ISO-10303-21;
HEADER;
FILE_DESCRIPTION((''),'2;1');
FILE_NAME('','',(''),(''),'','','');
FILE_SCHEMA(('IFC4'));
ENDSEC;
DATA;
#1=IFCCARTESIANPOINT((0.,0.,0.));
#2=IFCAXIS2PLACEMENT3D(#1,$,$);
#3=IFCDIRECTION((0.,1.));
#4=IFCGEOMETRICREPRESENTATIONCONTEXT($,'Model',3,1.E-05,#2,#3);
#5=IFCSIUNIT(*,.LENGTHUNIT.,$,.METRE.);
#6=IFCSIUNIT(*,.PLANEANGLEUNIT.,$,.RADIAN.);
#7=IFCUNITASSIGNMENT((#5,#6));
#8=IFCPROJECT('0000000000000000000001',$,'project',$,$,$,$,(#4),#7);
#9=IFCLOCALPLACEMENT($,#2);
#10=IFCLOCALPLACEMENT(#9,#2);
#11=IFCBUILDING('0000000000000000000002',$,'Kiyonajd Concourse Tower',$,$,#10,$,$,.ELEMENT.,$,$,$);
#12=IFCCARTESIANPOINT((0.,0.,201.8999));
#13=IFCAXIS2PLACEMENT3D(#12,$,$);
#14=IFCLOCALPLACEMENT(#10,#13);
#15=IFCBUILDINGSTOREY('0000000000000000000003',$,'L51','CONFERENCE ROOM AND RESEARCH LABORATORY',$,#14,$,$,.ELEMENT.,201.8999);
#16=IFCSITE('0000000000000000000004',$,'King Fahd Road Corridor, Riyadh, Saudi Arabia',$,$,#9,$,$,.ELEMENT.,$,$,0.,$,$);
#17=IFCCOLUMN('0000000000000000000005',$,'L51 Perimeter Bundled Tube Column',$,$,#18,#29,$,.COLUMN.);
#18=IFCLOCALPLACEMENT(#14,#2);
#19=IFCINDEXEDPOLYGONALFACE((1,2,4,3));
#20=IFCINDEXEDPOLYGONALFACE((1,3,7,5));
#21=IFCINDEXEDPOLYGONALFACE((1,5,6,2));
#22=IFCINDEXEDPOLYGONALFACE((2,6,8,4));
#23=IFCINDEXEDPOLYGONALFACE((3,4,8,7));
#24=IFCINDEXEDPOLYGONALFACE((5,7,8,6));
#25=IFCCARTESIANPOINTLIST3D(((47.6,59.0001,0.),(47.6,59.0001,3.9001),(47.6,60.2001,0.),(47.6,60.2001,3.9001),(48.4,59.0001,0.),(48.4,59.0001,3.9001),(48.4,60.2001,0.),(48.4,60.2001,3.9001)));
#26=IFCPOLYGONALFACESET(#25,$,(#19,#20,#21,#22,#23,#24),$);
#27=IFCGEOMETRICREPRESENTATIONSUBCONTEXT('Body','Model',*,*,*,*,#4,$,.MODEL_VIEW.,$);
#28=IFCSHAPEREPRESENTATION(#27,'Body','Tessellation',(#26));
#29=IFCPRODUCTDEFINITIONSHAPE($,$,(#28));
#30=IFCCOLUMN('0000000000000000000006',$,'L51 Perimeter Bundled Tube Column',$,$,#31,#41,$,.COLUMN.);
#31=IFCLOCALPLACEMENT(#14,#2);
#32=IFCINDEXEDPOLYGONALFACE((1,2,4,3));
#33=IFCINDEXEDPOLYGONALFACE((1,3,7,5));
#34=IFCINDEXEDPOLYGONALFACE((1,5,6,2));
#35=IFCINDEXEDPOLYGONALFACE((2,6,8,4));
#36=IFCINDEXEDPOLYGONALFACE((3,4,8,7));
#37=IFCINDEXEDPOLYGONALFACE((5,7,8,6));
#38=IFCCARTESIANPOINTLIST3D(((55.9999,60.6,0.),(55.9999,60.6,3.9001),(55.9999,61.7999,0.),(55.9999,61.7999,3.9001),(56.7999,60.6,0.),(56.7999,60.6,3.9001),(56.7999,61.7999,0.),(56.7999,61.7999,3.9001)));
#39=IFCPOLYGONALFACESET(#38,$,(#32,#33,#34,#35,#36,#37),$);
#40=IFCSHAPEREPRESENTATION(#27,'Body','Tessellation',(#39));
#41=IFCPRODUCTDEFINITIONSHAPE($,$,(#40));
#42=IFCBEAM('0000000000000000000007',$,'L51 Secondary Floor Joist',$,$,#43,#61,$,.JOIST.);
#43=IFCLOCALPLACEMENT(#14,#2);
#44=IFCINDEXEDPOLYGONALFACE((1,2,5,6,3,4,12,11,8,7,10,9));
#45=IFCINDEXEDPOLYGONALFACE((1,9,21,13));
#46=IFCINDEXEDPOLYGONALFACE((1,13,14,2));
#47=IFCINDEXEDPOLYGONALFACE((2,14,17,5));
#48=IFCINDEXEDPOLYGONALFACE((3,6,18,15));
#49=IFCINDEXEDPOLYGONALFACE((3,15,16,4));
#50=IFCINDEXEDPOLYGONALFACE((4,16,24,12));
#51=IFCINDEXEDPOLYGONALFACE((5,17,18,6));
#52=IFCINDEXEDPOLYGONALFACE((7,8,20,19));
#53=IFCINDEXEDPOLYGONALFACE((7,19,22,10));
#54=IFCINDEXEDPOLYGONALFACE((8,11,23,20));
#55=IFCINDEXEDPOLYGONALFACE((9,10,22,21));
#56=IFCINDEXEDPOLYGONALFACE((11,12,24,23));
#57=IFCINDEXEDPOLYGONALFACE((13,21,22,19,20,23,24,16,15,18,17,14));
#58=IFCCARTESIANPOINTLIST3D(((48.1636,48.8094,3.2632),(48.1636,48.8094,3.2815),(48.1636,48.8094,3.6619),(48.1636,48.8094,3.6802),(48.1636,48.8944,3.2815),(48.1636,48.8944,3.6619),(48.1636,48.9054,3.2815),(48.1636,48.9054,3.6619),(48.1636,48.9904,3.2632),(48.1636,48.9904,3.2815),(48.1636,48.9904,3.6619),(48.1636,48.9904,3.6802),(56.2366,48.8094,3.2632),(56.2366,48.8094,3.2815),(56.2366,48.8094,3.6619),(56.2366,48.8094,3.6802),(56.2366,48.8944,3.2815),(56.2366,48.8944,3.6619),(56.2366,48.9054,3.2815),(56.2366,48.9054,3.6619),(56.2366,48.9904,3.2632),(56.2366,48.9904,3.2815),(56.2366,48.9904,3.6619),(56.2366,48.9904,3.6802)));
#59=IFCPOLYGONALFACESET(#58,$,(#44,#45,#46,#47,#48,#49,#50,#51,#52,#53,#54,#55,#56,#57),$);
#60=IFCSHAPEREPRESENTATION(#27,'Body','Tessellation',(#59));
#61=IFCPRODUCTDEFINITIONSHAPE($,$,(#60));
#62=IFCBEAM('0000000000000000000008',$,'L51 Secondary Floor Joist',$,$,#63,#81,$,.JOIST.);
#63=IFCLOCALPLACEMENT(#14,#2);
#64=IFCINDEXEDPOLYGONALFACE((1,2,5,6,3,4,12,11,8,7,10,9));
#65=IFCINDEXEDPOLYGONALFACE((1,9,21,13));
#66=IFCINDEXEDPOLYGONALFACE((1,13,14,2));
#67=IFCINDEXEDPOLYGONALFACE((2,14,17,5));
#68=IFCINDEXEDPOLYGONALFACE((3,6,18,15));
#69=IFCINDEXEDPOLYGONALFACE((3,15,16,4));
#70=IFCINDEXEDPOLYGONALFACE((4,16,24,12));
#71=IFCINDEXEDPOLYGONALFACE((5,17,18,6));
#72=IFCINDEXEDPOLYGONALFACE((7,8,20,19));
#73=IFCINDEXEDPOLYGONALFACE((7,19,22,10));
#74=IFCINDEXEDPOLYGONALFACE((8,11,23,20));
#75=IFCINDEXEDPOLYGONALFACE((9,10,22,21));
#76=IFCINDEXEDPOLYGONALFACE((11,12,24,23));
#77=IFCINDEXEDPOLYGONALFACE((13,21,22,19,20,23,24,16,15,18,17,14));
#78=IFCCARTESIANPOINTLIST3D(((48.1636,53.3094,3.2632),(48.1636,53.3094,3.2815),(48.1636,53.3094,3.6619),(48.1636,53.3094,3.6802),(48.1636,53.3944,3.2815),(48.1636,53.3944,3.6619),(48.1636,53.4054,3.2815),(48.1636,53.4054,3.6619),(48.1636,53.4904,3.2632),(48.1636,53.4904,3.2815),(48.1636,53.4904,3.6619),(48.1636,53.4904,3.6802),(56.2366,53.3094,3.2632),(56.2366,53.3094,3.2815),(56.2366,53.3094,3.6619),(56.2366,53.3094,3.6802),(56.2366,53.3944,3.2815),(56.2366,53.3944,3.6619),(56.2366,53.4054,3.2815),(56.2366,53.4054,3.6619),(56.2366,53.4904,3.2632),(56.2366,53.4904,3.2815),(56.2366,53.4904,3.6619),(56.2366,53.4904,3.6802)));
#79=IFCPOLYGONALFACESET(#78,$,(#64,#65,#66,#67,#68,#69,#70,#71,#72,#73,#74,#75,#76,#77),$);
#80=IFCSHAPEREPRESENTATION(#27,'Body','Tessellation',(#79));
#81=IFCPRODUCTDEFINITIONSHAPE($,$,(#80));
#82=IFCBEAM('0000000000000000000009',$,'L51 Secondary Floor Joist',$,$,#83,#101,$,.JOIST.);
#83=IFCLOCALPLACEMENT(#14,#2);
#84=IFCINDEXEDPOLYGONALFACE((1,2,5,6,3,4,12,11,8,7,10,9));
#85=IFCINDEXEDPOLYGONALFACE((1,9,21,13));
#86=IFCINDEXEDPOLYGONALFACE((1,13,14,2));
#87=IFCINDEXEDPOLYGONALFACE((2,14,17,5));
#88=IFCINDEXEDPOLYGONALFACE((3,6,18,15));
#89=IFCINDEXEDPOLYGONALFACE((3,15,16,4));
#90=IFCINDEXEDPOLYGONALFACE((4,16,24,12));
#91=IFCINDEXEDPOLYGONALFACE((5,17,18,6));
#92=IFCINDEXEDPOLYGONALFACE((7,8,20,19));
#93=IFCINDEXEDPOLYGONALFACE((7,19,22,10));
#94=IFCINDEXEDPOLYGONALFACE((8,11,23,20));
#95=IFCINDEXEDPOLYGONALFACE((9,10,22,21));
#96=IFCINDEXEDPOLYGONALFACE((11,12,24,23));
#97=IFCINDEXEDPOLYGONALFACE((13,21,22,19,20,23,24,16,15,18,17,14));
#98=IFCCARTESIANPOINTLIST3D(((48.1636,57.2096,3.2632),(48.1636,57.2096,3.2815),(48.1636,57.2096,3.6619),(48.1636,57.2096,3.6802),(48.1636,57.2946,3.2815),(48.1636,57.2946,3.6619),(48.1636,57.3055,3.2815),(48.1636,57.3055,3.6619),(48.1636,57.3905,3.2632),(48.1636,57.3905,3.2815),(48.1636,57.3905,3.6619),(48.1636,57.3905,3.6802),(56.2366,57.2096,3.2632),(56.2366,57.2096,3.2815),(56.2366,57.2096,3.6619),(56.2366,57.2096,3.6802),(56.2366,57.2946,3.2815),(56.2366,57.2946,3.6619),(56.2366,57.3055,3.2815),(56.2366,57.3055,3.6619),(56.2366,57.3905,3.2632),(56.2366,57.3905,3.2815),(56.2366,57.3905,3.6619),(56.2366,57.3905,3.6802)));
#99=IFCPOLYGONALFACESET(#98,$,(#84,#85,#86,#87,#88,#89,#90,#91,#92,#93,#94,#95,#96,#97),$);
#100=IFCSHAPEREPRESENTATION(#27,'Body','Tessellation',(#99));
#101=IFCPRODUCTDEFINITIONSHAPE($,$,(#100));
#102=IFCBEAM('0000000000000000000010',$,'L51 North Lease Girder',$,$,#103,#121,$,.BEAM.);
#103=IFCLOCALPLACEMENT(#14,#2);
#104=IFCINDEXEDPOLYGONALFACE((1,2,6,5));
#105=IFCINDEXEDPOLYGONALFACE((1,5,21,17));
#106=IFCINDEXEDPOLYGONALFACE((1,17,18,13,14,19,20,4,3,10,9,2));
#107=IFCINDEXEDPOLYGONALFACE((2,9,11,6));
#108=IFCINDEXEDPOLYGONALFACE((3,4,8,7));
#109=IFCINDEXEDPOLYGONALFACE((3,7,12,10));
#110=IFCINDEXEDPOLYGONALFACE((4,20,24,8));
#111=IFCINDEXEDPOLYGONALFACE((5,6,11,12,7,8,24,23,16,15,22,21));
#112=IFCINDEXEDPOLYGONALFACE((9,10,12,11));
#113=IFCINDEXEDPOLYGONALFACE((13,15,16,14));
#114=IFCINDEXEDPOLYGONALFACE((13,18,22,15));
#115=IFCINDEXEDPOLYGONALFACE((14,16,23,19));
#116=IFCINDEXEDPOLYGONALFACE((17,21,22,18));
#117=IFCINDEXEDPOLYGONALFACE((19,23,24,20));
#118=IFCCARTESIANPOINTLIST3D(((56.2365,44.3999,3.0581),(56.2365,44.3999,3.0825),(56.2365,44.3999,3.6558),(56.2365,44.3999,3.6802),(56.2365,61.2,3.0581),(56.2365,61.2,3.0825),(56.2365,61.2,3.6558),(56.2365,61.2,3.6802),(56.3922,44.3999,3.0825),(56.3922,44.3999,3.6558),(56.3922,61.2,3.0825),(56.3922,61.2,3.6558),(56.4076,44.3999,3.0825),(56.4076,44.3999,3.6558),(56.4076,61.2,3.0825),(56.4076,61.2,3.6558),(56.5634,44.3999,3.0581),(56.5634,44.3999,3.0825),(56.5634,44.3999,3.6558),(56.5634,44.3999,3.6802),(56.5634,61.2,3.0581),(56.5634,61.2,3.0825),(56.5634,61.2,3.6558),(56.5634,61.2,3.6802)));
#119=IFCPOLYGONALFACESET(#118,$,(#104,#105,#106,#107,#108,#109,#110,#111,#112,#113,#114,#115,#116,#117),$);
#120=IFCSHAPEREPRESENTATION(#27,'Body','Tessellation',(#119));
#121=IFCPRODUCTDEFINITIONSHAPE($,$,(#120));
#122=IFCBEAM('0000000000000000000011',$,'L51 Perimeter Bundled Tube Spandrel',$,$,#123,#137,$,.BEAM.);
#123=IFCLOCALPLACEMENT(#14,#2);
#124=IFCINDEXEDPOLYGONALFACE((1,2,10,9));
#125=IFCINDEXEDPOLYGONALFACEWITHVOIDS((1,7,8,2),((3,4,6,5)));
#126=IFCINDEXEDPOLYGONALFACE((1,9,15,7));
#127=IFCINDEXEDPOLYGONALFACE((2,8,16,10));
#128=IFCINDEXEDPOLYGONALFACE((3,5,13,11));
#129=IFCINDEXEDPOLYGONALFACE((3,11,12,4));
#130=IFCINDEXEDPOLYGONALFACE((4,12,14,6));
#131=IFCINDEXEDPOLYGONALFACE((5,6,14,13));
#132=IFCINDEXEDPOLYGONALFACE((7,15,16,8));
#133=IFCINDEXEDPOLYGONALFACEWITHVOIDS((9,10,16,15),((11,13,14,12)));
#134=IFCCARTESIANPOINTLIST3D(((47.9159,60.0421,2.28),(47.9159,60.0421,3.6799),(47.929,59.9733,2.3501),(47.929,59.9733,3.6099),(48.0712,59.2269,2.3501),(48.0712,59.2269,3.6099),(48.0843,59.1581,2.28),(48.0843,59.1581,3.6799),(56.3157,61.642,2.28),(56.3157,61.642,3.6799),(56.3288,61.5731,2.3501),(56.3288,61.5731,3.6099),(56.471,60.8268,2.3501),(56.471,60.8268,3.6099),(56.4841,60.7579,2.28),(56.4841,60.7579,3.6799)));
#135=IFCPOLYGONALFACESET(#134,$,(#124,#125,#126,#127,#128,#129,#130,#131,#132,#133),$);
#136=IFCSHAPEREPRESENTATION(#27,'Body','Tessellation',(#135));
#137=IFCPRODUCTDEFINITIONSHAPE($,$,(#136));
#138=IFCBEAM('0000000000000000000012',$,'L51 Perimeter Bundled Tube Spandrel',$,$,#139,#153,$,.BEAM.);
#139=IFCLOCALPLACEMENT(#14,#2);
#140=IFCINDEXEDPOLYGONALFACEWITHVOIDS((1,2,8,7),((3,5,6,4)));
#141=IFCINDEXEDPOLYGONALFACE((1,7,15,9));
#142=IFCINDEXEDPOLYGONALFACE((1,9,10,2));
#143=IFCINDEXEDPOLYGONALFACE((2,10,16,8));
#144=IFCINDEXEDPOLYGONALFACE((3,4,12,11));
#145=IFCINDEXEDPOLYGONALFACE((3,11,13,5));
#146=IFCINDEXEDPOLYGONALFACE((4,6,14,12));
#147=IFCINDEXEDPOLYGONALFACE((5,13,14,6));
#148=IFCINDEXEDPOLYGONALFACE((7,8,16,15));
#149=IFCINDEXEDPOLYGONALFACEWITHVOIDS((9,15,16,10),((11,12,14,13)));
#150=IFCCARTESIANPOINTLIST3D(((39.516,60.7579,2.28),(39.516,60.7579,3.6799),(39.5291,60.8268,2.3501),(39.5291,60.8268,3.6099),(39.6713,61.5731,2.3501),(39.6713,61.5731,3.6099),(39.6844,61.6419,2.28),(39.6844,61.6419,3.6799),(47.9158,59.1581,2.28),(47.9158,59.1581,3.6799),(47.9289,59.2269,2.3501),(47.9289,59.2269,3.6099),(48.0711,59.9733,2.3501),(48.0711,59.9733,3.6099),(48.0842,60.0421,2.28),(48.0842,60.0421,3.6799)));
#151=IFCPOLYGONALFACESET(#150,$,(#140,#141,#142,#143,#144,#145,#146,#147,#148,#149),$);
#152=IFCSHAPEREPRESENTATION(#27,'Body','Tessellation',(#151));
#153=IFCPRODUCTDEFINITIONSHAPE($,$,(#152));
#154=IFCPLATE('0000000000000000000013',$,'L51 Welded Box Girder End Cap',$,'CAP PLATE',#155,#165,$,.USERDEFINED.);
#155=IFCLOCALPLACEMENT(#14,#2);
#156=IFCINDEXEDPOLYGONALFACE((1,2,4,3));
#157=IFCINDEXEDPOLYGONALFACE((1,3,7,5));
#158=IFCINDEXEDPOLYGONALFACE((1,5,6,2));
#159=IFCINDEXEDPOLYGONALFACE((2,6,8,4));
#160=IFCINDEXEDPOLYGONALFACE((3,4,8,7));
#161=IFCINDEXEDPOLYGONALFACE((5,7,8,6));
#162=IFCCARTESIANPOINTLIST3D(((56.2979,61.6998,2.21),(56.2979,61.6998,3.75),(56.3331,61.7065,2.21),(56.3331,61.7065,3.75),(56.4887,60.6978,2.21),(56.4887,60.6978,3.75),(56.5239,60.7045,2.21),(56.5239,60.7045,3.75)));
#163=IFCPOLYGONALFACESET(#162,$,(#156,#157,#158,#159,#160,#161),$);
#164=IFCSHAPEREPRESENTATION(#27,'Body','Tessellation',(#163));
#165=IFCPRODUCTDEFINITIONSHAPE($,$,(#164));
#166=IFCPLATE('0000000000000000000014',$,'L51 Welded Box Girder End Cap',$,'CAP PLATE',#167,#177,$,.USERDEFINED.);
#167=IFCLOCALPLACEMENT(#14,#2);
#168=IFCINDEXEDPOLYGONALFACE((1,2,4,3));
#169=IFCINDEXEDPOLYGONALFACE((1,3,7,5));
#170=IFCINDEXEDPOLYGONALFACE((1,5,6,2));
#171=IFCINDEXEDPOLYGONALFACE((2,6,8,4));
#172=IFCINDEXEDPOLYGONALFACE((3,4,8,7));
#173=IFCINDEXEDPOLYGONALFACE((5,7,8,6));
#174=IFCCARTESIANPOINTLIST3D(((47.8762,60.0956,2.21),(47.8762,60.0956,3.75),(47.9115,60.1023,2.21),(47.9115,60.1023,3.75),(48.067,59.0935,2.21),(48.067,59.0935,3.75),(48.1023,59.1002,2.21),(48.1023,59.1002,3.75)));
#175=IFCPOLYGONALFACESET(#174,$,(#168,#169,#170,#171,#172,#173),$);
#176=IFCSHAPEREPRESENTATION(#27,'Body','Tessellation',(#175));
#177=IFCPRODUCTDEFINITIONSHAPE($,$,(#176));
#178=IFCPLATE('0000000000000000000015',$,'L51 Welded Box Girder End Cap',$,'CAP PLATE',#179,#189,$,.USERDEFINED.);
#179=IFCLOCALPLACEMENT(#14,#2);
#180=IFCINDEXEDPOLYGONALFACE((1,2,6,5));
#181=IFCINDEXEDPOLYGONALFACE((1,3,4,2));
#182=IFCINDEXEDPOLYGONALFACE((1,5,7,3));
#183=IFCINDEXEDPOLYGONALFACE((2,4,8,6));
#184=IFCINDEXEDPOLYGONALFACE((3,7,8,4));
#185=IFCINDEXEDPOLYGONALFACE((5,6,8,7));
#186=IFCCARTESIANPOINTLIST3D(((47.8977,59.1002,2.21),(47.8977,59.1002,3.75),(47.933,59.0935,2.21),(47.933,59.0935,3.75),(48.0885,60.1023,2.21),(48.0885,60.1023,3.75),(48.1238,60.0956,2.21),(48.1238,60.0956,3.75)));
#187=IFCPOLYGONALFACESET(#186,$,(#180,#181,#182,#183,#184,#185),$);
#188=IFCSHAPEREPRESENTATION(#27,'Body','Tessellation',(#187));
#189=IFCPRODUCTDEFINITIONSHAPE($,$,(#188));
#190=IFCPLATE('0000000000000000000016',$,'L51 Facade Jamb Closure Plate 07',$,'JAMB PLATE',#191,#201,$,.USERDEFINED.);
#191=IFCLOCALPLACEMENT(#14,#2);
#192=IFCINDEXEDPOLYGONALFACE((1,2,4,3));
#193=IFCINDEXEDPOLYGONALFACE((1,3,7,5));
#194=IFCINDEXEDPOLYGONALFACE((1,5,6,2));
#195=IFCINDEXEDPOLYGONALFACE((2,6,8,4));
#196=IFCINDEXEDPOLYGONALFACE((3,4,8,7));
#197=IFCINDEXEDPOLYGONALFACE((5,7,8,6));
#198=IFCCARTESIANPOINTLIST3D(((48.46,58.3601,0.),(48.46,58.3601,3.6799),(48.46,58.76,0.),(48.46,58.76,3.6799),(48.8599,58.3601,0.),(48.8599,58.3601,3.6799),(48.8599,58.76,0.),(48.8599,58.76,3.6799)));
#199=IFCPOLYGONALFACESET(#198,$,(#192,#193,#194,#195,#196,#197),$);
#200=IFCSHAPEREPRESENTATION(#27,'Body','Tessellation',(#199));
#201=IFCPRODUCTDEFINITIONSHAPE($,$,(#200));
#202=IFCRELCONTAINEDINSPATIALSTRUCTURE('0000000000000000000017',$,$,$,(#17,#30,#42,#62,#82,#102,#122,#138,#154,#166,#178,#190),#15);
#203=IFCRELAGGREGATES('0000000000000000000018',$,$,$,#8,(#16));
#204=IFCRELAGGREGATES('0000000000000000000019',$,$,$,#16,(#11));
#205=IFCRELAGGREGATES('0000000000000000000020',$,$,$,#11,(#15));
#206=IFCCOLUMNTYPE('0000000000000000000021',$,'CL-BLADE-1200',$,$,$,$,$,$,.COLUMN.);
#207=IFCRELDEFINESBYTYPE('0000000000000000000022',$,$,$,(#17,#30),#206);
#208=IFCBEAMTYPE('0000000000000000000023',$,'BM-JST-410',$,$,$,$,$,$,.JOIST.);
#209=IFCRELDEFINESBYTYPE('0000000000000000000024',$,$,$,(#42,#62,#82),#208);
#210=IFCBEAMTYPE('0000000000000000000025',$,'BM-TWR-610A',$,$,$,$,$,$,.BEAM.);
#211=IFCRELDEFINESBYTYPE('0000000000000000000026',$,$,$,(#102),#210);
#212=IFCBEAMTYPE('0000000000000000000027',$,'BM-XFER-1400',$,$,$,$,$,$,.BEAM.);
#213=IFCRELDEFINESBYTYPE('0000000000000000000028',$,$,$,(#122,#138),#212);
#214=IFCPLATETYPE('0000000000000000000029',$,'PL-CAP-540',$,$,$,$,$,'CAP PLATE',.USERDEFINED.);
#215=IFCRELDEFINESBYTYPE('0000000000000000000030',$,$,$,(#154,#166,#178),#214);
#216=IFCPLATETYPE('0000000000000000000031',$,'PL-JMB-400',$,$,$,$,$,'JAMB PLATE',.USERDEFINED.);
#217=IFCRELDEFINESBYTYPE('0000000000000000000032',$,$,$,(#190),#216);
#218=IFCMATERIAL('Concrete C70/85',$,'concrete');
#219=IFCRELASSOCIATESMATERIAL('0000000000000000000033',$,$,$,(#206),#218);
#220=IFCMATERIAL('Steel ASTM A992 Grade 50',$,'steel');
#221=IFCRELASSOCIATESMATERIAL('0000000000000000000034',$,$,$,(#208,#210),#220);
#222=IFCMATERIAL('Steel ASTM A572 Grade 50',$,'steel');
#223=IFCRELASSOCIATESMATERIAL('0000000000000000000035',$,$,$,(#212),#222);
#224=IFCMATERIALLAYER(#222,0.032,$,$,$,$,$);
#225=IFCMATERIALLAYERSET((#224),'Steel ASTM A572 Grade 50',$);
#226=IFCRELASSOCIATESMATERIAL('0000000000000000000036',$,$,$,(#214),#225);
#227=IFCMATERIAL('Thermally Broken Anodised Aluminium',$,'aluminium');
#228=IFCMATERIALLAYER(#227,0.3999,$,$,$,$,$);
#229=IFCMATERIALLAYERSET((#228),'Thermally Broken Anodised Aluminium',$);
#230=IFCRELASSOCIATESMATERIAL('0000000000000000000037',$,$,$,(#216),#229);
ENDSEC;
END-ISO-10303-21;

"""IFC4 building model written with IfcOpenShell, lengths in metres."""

from ifc_helpers import new_model, si_unit, direction, frame, origin, origin_2d, place, context, subcontext, project, spatial, rectangle, hollow_rectangle, i_section, extrude, material, layer, layer_set, material_profile, profile_set, type_object, element, save


model = new_model("IFC4")

# Units and contexts
model_context = context("Model", 3, precision=1e-05, world=origin(), true_north=direction((0.0, 1.0)))
body_context = subcontext(model_context, "Body", "Model", "MODEL_VIEW")
ifc_project = project(units=[si_unit("LENGTHUNIT", "METRE"), si_unit("PLANEANGLEUNIT", "RADIAN")], contexts=[model_context])

# Site, building, storey
site_placement = place(None, origin())
site = spatial("IfcSite", under=ifc_project, at=site_placement, Name="King Fahd Road Corridor, Riyadh, Saudi Arabia", CompositionType="ELEMENT", RefElevation=0.0)
building_placement = place(site_placement, origin())
building = spatial("IfcBuilding", under=site, at=building_placement, Name="Kiyonajd Concourse Tower", CompositionType="ELEMENT")
storey_placement = place(building_placement, frame((0.0, 0.0, 201.8999)))
storey = spatial("IfcBuildingStorey", under=building, at=storey_placement, Name="L51", Description="CONFERENCE ROOM AND RESEARCH LABORATORY", CompositionType="ELEMENT", Elevation=201.8999)

# Columns
ifc_material_1 = material(Name="Concrete C70/85", Category="concrete")
ifc_material_profile_1 = material_profile(ifc_material_1, rectangle(XDim=0.8, YDim=1.2, at=origin_2d()), Name="RC-1200x800")
ifc_profile_set_1 = profile_set([ifc_material_profile_1], Name="Concrete C70/85")
column_type = type_object("IfcColumnType", Name="CL-BLADE-1200", PredefinedType="COLUMN", material=ifc_profile_set_1)
for number, where, z_axis, x_axis, name in (
    (1, (48.0, 59.6001, 0.0), (0.0, 0.0, 1.0), (1.0, 0.0, 0.0), "L51 Perimeter Bundled Tube Column"),
    (2, (56.3999, 61.2, 0.0), (0.0, 0.0, 1.0), (1.0, 0.0, 0.0), "L51 Perimeter Bundled Tube Column"),
):
    element("IfcColumn", number, at=place(storey_placement, frame(where, z_axis=z_axis, x_axis=x_axis)), inside=storey, type_object=column_type, Name=name, PredefinedType="COLUMN", context=body_context, shape_type="SweptSolid", body=[
        extrude(rectangle(XDim=0.8, YDim=1.2, at=origin_2d()), origin(), (0.0, 0.0, 1.0), 3.9001),
    ])

# Beams
ifc_material_2 = material(Name="Steel ASTM A992 Grade 50", Category="steel")
ifc_material_profile_2 = material_profile(ifc_material_2, i_section(OverallWidth=0.1809, OverallDepth=0.417, WebThickness=0.011, FlangeThickness=0.0183, at=origin_2d()), Name="W410X85")
ifc_profile_set_2 = profile_set([ifc_material_profile_2], Name="Steel ASTM A992 Grade 50")
beam_type_1 = type_object("IfcBeamType", Name="BM-JST-410", PredefinedType="JOIST", material=ifc_profile_set_2)
for number, where, z_axis, x_axis, name in (
    (3, (48.1636, 48.8999, 3.4717), (1.0, 0.0, 0.0), (0.0, 1.0, 0.0), "L51 Secondary Floor Joist"),
    (4, (48.1636, 53.3999, 3.4717), (1.0, 0.0, 0.0), (0.0, 1.0, 0.0), "L51 Secondary Floor Joist"),
    (5, (48.1636, 57.3, 3.4717), (1.0, 0.0, 0.0), (0.0, 1.0, 0.0), "L51 Secondary Floor Joist"),
):
    element("IfcBeam", number, at=place(storey_placement, frame(where, z_axis=z_axis, x_axis=x_axis)), inside=storey, type_object=beam_type_1, Name=name, PredefinedType="JOIST", context=body_context, shape_type="SweptSolid", body=[
        extrude(i_section(OverallWidth=0.1809, OverallDepth=0.417, WebThickness=0.011, FlangeThickness=0.0183, at=origin_2d()), origin(), (0.0, 0.0, 1.0), 8.073),
    ])
ifc_material_profile_3 = material_profile(ifc_material_2, i_section(OverallWidth=0.3269, OverallDepth=0.6221, WebThickness=0.0154, FlangeThickness=0.0244, at=origin_2d()), Name="W610X195")
ifc_profile_set_3 = profile_set([ifc_material_profile_3], Name="Steel ASTM A992 Grade 50")
beam_type_2 = type_object("IfcBeamType", Name="BM-TWR-610A", PredefinedType="BEAM", material=ifc_profile_set_3)
beam_placement = place(storey_placement, frame((56.3999, 44.3999, 3.3691), z_axis=(0.0, 1.0, 0.0), x_axis=(-1.0, 0.0, 0.0)))
element("IfcBeam", 6, at=beam_placement, inside=storey, type_object=beam_type_2, Name="L51 North Lease Girder", PredefinedType="BEAM", context=body_context, shape_type="SweptSolid", body=[
    extrude(i_section(OverallWidth=0.3269, OverallDepth=0.6221, WebThickness=0.0154, FlangeThickness=0.0244, at=origin_2d()), origin(), (0.0, 0.0, 1.0), 16.8),
])
ifc_material_3 = material(Name="Steel ASTM A572 Grade 50", Category="steel")
ifc_material_profile_4 = material_profile(ifc_material_3, hollow_rectangle(XDim=0.8999, YDim=1.3999, WallThickness=0.0701, at=origin_2d()), Name="BOX-1400x900x70")
ifc_profile_set_4 = profile_set([ifc_material_profile_4], Name="Steel ASTM A572 Grade 50")
beam_type_3 = type_object("IfcBeamType", Name="BM-XFER-1400", PredefinedType="BEAM", material=ifc_profile_set_4)
for number, where, z_axis, x_axis, name in (
    (7, (56.3999, 61.2, 2.98), (-0.982341, -0.187098, 0.0), (0.187098, -0.982341, 0.0), "L51 Perimeter Bundled Tube Spandrel"),
    (8, (48.0, 59.6001, 2.98), (-0.982341, 0.187098, 0.0), (-0.187098, -0.982341, 0.0), "L51 Perimeter Bundled Tube Spandrel"),
):
    element("IfcBeam", number, at=place(storey_placement, frame(where, z_axis=z_axis, x_axis=x_axis)), inside=storey, type_object=beam_type_3, Name=name, PredefinedType="BEAM", context=body_context, shape_type="SweptSolid", body=[
        extrude(hollow_rectangle(XDim=0.8999, YDim=1.3999, WallThickness=0.0701, at=origin_2d()), origin(), (0.0, 0.0, 1.0), 8.5508),
    ])

# Plates
ifc_layer_1 = layer(ifc_material_3, 0.032)
ifc_layer_set_1 = layer_set([ifc_layer_1], Name="Steel ASTM A572 Grade 50")
plate_type_1 = type_object("IfcPlateType", Name="PL-CAP-540", ElementType="CAP PLATE", PredefinedType="USERDEFINED", material=ifc_layer_set_1)
for number, where, z_axis, x_axis, name in (
    (9, (56.4109, 61.2021, 2.21), (0.0, 0.0, 1.0), (0.982353, 0.187038, 0.0), "L51 Welded Box Girder End Cap"),
    (10, (47.9893, 59.5979, 2.21), (0.0, 0.0, 1.0), (-0.982353, -0.187038, 0.0), "L51 Welded Box Girder End Cap"),
    (11, (48.0107, 59.5979, 2.21), (0.0, 0.0, 1.0), (0.982353, -0.187038, 0.0), "L51 Welded Box Girder End Cap"),
):
    element("IfcPlate", number, at=place(storey_placement, frame(where, z_axis=z_axis, x_axis=x_axis)), inside=storey, type_object=plate_type_1, Name=name, ObjectType="CAP PLATE", PredefinedType="USERDEFINED", context=body_context, shape_type="SweptSolid", body=[
        extrude(rectangle(XDim=0.0359, YDim=1.02, at=origin_2d()), origin(), (0.0, 0.0, 1.0), 1.54),
    ])
ifc_material_4 = material(Name="Thermally Broken Anodised Aluminium", Category="aluminium")
ifc_layer_2 = layer(ifc_material_4, 0.3999)
ifc_layer_set_2 = layer_set([ifc_layer_2], Name="Thermally Broken Anodised Aluminium")
plate_type_2 = type_object("IfcPlateType", Name="PL-JMB-400", ElementType="JAMB PLATE", PredefinedType="USERDEFINED", material=ifc_layer_set_2)
for number, where, z_axis, x_axis, name in (
    (12, (48.6599, 58.5601, 0.0), (0.0, 0.0, 1.0), (1.0, 0.0, 0.0), "L51 Facade Jamb Closure Plate 07"),
):
    element("IfcPlate", number, at=place(storey_placement, frame(where, z_axis=z_axis, x_axis=x_axis)), inside=storey, type_object=plate_type_2, Name=name, ObjectType="JAMB PLATE", PredefinedType="USERDEFINED", context=body_context, shape_type="SweptSolid", body=[
        extrude(rectangle(XDim=0.3999, YDim=0.3999, at=origin_2d()), origin(), (0.0, 0.0, 1.0), 3.6799),
    ])

save(model, "model.ifc")
